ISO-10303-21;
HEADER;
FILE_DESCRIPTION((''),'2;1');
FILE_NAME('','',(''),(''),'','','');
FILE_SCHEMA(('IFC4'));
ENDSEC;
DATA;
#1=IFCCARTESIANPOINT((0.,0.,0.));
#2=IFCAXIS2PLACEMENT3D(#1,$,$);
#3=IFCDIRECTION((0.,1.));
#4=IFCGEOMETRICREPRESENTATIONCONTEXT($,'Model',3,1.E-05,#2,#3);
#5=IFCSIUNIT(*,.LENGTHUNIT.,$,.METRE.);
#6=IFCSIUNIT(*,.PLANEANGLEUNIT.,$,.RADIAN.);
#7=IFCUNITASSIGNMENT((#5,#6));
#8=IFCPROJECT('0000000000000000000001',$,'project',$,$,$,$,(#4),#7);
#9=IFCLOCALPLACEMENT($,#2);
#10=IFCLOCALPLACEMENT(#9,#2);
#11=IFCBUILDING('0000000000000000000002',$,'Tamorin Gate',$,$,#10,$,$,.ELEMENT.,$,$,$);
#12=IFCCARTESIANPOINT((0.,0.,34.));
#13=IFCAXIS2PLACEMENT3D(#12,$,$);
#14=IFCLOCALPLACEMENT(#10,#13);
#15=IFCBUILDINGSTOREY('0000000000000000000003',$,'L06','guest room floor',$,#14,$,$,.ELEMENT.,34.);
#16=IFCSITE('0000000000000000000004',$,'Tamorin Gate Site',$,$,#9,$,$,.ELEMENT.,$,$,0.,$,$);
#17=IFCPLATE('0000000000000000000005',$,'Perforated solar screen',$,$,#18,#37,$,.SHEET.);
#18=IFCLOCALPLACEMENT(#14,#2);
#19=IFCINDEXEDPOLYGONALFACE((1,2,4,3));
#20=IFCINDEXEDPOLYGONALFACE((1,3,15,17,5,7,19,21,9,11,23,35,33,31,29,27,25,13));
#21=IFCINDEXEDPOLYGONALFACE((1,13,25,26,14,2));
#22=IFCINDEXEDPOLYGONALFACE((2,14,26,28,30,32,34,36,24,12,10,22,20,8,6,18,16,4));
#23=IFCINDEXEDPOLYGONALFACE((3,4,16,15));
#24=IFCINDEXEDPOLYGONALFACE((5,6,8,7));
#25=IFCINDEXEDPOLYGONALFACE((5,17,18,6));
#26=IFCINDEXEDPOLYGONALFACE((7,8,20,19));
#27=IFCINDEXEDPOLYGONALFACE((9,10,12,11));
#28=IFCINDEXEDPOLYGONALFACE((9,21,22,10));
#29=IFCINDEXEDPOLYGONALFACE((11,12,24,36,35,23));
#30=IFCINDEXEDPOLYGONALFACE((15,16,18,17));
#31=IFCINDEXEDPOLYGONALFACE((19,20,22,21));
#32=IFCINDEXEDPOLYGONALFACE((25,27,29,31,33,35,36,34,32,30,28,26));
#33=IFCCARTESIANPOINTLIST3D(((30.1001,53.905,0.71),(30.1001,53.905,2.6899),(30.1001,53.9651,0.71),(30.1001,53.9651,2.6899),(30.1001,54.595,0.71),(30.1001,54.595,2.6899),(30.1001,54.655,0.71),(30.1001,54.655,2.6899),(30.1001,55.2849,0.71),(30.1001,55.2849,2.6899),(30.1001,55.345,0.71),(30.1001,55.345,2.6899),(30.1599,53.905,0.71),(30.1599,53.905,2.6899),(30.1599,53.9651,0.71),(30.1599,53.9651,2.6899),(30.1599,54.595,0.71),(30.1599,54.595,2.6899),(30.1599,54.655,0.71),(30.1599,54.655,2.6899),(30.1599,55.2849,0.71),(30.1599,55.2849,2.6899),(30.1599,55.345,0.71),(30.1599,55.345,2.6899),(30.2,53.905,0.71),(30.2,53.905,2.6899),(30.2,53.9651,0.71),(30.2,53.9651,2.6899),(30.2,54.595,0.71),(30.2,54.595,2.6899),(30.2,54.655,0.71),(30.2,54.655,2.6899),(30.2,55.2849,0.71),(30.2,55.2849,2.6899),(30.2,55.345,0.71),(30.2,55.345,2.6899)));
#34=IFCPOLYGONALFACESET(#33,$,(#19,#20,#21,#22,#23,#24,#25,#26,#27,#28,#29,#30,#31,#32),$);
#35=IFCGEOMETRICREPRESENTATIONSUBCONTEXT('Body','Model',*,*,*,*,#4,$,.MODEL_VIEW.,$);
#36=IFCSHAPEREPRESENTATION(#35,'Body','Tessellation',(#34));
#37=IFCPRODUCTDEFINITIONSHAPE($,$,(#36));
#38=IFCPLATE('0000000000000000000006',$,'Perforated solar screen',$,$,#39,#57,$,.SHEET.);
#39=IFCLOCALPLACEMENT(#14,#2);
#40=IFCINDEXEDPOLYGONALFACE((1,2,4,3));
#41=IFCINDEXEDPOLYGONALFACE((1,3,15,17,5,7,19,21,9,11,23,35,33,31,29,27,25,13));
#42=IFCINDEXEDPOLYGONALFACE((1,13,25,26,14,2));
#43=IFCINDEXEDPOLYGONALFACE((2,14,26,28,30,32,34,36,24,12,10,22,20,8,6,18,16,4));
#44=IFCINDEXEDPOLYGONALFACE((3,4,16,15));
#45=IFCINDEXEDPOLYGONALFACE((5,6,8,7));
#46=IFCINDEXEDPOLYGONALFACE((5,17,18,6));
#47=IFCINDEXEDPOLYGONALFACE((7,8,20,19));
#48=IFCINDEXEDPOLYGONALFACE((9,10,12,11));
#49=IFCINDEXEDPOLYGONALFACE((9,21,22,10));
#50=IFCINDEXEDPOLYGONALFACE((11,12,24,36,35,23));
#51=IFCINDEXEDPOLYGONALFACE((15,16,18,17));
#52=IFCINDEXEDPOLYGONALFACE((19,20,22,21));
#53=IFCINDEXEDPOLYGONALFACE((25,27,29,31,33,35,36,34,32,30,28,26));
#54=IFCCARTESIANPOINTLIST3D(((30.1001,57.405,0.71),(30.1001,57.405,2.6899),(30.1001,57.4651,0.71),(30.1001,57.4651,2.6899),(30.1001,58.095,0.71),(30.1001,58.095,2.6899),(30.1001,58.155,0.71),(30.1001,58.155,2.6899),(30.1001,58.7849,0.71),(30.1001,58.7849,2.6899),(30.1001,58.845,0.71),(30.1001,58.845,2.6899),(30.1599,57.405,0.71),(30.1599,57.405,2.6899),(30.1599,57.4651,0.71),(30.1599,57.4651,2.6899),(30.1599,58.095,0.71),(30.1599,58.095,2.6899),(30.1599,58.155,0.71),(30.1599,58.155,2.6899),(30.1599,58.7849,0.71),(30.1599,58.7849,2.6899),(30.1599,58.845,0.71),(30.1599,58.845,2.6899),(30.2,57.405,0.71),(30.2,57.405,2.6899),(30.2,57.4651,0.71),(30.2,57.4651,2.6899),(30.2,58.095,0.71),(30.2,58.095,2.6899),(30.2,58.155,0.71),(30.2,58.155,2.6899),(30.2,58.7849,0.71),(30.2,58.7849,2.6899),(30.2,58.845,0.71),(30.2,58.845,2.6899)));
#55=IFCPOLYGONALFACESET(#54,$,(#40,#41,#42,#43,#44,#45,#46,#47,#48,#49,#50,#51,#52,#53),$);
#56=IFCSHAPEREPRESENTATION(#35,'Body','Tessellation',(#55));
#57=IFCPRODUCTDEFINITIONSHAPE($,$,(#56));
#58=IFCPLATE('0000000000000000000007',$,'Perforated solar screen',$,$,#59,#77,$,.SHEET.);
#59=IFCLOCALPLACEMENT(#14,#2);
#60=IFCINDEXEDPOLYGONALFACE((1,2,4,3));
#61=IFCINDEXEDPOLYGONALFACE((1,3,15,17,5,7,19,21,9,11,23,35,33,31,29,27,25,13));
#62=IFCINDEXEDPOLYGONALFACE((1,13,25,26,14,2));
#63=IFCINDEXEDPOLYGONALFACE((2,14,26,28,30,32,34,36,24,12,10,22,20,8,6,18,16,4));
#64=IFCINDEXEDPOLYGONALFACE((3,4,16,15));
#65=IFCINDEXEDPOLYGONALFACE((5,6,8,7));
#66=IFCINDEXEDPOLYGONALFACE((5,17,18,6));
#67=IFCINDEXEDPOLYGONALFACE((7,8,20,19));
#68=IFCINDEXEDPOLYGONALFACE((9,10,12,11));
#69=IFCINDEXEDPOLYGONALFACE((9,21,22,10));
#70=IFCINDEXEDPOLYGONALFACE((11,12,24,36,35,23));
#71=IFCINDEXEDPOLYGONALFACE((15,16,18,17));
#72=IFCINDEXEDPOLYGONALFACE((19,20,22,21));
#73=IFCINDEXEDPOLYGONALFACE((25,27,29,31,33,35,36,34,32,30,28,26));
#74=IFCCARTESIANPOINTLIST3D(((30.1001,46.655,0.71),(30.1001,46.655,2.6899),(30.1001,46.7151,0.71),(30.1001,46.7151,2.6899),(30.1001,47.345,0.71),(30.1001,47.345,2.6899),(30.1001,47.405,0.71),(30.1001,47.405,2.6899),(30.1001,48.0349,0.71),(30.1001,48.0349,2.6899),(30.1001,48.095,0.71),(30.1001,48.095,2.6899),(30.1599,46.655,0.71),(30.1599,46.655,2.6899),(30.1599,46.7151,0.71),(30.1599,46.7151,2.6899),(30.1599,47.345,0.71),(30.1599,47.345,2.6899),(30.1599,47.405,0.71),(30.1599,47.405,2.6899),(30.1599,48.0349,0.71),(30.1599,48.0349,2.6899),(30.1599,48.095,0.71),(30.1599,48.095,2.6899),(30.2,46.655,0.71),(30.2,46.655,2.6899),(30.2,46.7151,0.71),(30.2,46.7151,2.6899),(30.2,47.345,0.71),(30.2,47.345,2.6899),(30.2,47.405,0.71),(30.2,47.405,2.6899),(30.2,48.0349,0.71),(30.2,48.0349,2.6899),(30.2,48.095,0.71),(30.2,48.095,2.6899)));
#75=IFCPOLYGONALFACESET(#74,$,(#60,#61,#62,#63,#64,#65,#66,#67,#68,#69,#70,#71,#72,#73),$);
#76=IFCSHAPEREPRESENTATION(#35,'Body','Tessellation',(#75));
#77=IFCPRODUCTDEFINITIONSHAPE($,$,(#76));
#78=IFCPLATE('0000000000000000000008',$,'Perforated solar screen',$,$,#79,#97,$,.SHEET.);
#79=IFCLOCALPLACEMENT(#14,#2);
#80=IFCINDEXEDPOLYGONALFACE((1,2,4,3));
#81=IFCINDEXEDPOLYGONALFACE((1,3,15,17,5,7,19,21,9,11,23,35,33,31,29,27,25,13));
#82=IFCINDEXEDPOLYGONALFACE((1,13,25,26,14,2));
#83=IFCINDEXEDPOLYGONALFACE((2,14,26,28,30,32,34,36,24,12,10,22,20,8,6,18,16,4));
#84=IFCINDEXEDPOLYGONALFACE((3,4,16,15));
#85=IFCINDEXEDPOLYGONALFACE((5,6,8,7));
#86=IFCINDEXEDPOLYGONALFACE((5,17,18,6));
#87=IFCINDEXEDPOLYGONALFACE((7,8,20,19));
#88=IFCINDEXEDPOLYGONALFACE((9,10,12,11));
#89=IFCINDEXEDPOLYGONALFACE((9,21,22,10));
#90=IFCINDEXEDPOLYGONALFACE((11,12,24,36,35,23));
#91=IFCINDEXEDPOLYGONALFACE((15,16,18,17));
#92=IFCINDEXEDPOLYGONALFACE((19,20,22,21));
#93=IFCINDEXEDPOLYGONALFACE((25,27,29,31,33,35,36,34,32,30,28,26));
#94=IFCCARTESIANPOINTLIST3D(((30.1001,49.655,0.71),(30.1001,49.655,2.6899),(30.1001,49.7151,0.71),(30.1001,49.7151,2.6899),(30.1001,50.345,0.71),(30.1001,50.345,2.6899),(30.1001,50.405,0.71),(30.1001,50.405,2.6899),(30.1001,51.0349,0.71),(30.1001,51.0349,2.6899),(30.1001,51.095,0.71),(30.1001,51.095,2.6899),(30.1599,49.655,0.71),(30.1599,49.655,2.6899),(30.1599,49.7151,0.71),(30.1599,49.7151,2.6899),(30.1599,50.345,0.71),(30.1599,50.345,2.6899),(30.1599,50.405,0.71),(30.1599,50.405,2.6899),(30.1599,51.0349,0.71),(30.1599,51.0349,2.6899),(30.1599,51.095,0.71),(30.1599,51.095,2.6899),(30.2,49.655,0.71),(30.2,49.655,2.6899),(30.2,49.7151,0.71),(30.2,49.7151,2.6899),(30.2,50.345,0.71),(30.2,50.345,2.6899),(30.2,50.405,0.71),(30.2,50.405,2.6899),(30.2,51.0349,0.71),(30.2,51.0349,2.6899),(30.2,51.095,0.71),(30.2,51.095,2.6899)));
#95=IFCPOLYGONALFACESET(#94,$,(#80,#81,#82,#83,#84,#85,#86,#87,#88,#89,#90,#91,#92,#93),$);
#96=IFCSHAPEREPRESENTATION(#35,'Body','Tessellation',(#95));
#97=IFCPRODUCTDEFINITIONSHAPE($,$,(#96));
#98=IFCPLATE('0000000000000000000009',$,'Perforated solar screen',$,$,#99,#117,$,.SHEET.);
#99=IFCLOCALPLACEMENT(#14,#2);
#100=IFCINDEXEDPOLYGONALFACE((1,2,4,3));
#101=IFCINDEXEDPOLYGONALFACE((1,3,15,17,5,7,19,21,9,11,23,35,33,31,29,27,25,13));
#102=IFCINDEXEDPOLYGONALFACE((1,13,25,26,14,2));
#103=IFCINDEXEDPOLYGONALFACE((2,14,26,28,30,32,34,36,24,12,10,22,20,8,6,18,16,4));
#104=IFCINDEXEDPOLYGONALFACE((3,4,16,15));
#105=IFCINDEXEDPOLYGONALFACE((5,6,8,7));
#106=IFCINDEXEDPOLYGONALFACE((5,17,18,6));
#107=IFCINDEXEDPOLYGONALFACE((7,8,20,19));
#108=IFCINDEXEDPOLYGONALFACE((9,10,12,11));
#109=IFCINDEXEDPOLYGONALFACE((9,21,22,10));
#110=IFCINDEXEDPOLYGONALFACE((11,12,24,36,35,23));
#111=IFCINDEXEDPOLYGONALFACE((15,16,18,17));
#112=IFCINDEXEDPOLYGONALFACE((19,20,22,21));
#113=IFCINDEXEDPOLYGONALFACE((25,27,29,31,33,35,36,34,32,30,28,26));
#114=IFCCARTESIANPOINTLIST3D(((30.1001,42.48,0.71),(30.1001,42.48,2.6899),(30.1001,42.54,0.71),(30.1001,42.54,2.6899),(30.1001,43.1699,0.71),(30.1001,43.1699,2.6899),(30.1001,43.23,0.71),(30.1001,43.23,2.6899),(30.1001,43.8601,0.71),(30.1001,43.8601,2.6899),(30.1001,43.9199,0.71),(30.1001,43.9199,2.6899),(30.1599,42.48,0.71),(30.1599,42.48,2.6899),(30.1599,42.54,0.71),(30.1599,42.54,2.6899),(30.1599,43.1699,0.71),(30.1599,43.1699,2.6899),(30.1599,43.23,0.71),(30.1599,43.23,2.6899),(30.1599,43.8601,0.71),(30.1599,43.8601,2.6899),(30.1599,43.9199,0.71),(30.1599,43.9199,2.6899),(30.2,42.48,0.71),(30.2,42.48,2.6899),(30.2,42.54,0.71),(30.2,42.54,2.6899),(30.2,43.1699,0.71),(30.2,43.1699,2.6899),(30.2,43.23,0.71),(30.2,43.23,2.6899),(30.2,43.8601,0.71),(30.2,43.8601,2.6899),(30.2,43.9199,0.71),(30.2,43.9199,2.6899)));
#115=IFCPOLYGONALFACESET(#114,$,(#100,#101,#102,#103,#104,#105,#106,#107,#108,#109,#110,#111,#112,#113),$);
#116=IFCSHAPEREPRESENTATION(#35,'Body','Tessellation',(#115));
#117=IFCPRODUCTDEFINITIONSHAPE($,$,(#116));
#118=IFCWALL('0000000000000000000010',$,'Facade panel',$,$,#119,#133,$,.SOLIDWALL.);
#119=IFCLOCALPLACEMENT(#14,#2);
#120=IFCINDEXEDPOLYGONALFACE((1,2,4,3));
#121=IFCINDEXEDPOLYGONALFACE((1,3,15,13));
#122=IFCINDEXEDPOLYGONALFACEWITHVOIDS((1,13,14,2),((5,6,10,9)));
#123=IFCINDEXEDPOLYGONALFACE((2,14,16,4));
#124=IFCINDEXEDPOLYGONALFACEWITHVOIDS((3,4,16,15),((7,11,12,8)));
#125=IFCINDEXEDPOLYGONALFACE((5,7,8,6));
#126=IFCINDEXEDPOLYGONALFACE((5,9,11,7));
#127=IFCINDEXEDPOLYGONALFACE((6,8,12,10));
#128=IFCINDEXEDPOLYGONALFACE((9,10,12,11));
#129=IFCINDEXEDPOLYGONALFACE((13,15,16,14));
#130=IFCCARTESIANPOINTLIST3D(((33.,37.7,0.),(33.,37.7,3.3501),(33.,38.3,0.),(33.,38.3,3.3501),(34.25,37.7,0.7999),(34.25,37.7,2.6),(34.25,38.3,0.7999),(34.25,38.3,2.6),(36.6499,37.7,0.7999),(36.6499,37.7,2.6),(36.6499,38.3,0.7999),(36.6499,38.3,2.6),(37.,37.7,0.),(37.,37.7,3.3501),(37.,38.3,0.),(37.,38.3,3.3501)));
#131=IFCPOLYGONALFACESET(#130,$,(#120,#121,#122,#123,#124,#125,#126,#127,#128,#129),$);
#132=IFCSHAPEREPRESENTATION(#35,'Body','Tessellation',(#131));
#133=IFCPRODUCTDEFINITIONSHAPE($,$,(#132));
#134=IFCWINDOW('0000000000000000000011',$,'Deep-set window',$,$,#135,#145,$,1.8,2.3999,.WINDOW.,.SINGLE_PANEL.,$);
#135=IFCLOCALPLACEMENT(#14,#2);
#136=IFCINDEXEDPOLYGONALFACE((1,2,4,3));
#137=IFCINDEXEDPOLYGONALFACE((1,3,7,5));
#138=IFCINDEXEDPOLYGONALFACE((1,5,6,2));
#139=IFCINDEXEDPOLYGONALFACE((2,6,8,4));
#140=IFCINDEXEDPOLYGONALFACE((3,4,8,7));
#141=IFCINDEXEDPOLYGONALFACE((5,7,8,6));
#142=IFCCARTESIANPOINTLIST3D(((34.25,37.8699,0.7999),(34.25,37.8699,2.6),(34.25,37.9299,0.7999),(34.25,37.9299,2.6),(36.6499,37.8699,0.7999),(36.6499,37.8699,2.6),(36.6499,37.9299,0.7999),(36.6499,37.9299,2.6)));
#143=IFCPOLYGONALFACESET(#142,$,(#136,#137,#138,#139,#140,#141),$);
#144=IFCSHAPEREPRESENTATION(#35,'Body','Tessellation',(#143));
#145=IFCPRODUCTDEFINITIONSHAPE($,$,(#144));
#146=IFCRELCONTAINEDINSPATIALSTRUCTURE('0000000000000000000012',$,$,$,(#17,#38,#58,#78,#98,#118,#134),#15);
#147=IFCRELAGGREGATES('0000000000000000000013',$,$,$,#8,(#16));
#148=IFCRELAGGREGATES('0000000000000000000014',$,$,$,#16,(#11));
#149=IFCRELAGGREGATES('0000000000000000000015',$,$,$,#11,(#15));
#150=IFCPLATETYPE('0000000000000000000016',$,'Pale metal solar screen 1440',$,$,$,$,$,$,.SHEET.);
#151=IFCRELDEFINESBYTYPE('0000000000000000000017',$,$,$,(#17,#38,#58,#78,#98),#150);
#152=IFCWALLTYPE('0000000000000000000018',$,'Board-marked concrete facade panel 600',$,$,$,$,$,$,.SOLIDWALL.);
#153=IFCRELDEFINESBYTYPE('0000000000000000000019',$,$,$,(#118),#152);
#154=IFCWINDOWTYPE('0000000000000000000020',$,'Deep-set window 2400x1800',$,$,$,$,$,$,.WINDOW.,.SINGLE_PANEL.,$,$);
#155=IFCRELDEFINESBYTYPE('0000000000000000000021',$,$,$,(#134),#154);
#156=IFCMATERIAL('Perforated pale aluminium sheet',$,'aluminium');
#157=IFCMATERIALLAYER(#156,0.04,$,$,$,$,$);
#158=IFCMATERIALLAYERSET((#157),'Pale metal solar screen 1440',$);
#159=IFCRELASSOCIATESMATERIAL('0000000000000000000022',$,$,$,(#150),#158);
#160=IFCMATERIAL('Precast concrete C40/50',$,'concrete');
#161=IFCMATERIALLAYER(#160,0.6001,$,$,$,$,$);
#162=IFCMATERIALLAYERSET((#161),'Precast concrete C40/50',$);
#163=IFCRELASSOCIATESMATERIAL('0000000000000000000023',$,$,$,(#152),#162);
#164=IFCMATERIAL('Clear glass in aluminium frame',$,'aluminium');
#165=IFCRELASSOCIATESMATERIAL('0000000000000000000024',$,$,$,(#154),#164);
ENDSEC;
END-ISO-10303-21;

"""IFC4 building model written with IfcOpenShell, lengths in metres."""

from ifc_helpers import new_model, si_unit, direction, frame, frame_2d, origin, place, context, subcontext, project, spatial, polyline, rectangle, outline, extrude, material, layer, layer_set, type_object, element, fill, save


model = new_model("IFC4")

# Units and contexts
model_context = context("Model", 3, precision=1e-05, world=origin(), true_north=direction((0.0, 1.0)))
body_context = subcontext(model_context, "Body", "Model", "MODEL_VIEW")
ifc_project = project(units=[si_unit("LENGTHUNIT", "METRE"), si_unit("PLANEANGLEUNIT", "RADIAN")], contexts=[model_context])

# Site, building, storey
site_placement = place(None, origin())
site = spatial("IfcSite", under=ifc_project, at=site_placement, Name="Tamorin Gate Site", CompositionType="ELEMENT", RefElevation=0.0)
building_placement = place(site_placement, origin())
building = spatial("IfcBuilding", under=site, at=building_placement, Name="Tamorin Gate", CompositionType="ELEMENT")
storey_placement = place(building_placement, frame((0.0, 0.0, 34.0)))
storey = spatial("IfcBuildingStorey", under=building, at=storey_placement, Name="L06", Description="guest room floor", CompositionType="ELEMENT", Elevation=34.0)

# Plates
ifc_material_1 = material(Name="Perforated pale aluminium sheet", Category="aluminium")
ifc_layer_1 = layer(ifc_material_1, 0.04)
ifc_layer_set_1 = layer_set([ifc_layer_1], Name="Pale metal solar screen 1440")
plate_type = type_object("IfcPlateType", Name="Pale metal solar screen 1440", PredefinedType="SHEET", material=ifc_layer_set_1)
plate_1_placement = place(storey_placement, frame((0.0, 0.0, 0.71)))
element("IfcPlate", 1, at=plate_1_placement, inside=storey, type_object=plate_type, Name="Perforated solar screen", PredefinedType="SHEET", context=body_context, shape_type="SweptSolid", body=[
    extrude(outline(polyline([(30.1599, 55.345), (30.2, 55.345), (30.2, 55.2849), (30.2, 54.655), (30.2, 54.595), (30.2, 53.9651), (30.2, 53.905), (30.1599, 53.905), (30.1001, 53.905), (30.1001, 53.9651), (30.1599, 53.9651), (30.1599, 54.595), (30.1001, 54.595), (30.1001, 54.655), (30.1599, 54.655), (30.1599, 55.2849), (30.1001, 55.2849), (30.1001, 55.345), (30.1599, 55.345)])), origin(), (0.0, 0.0, 1.0), 1.98),
])
plate_2_placement = place(storey_placement, frame((0.0, 0.0, 0.71)))
element("IfcPlate", 2, at=plate_2_placement, inside=storey, type_object=plate_type, Name="Perforated solar screen", PredefinedType="SHEET", context=body_context, shape_type="SweptSolid", body=[
    extrude(outline(polyline([(30.1599, 58.845), (30.2, 58.845), (30.2, 58.7849), (30.2, 58.155), (30.2, 58.095), (30.2, 57.4651), (30.2, 57.405), (30.1599, 57.405), (30.1001, 57.405), (30.1001, 57.4651), (30.1599, 57.4651), (30.1599, 58.095), (30.1001, 58.095), (30.1001, 58.155), (30.1599, 58.155), (30.1599, 58.7849), (30.1001, 58.7849), (30.1001, 58.845), (30.1599, 58.845)])), origin(), (0.0, 0.0, 1.0), 1.98),
])
plate_3_placement = place(storey_placement, frame((0.0, 0.0, 0.71)))
element("IfcPlate", 3, at=plate_3_placement, inside=storey, type_object=plate_type, Name="Perforated solar screen", PredefinedType="SHEET", context=body_context, shape_type="SweptSolid", body=[
    extrude(outline(polyline([(30.1599, 48.095), (30.2, 48.095), (30.2, 48.0349), (30.2, 47.405), (30.2, 47.345), (30.2, 46.7151), (30.2, 46.655), (30.1599, 46.655), (30.1001, 46.655), (30.1001, 46.7151), (30.1599, 46.7151), (30.1599, 47.345), (30.1001, 47.345), (30.1001, 47.405), (30.1599, 47.405), (30.1599, 48.0349), (30.1001, 48.0349), (30.1001, 48.095), (30.1599, 48.095)])), origin(), (0.0, 0.0, 1.0), 1.98),
])
plate_4_placement = place(storey_placement, frame((0.0, 0.0, 0.71)))
element("IfcPlate", 4, at=plate_4_placement, inside=storey, type_object=plate_type, Name="Perforated solar screen", PredefinedType="SHEET", context=body_context, shape_type="SweptSolid", body=[
    extrude(outline(polyline([(30.1599, 51.095), (30.2, 51.095), (30.2, 51.0349), (30.2, 50.405), (30.2, 50.345), (30.2, 49.7151), (30.2, 49.655), (30.1599, 49.655), (30.1001, 49.655), (30.1001, 49.7151), (30.1599, 49.7151), (30.1599, 50.345), (30.1001, 50.345), (30.1001, 50.405), (30.1599, 50.405), (30.1599, 51.0349), (30.1001, 51.0349), (30.1001, 51.095), (30.1599, 51.095)])), origin(), (0.0, 0.0, 1.0), 1.98),
])
plate_5_placement = place(storey_placement, frame((0.0, 0.0, 0.71)))
element("IfcPlate", 5, at=plate_5_placement, inside=storey, type_object=plate_type, Name="Perforated solar screen", PredefinedType="SHEET", context=body_context, shape_type="SweptSolid", body=[
    extrude(outline(polyline([(30.1599, 43.9199), (30.2, 43.9199), (30.2, 43.8601), (30.2, 43.23), (30.2, 43.1699), (30.2, 42.54), (30.2, 42.48), (30.1599, 42.48), (30.1001, 42.48), (30.1001, 42.54), (30.1599, 42.54), (30.1599, 43.1699), (30.1001, 43.1699), (30.1001, 43.23), (30.1599, 43.23), (30.1599, 43.8601), (30.1001, 43.8601), (30.1001, 43.9199), (30.1599, 43.9199)])), origin(), (0.0, 0.0, 1.0), 1.98),
])

# Wall, opening, window
ifc_material_2 = material(Name="Precast concrete C40/50", Category="concrete")
ifc_layer_2 = layer(ifc_material_2, 0.6001)
ifc_layer_set_2 = layer_set([ifc_layer_2], Name="Precast concrete C40/50")
wall_type_1 = type_object("IfcWallType", Name="Board-marked concrete facade panel 600", PredefinedType="SOLIDWALL", material=ifc_layer_set_2)
wall_1_placement = place(storey_placement, frame((33.0, 38.0, 0.0), z_axis=(0.0, 0.0, 1.0), x_axis=(1.0, 0.0, 0.0)))
wall_1 = element("IfcWall", 6, at=wall_1_placement, inside=storey, type_object=wall_type_1, Name="Facade panel", PredefinedType="SOLIDWALL", context=body_context, shape_type="SweptSolid", body=[
    extrude(rectangle(XDim=4.0, YDim=0.6001, at=frame_2d((2.0, 0.0))), origin(), (0.0, 0.0, 1.0), 3.3501),
])
opening_1_placement = place(wall_1_placement, frame((1.25, 0.0, 0.8)))
opening_1 = element("IfcOpeningElement", 7, at=opening_1_placement, cuts=wall_1, PredefinedType="OPENING", context=body_context, shape_type="SweptSolid", body=[
    extrude(rectangle(XDim=2.3999, YDim=1.8, at=frame_2d((1.2, 0.8999))), frame((0.0, 0.3101, 0.0), z_axis=(0.0, -1.0, 0.0), x_axis=(1.0, 0.0, 0.0)), (0.0, 0.0, 1.0), 0.6201),
])
ifc_material_3 = material(Name="Clear glass in aluminium frame", Category="aluminium")
window_type = type_object("IfcWindowType", Name="Deep-set window 2400x1800", PartitioningType="SINGLE_PANEL", PredefinedType="WINDOW", material=ifc_material_3)
window_1_placement = place(opening_1_placement, origin())
window_1 = element("IfcWindow", 8, at=window_1_placement, inside=storey, type_object=window_type, Name="Deep-set window", OverallHeight=1.8, OverallWidth=2.3999, PartitioningType="SINGLE_PANEL", PredefinedType="WINDOW", context=body_context, shape_type="SweptSolid", body=[
    extrude(rectangle(XDim=2.3999, YDim=1.8, at=frame_2d((1.2, 0.8999))), frame((0.0, -0.0701, 0.0), z_axis=(0.0, -1.0, 0.0), x_axis=(1.0, 0.0, 0.0)), (0.0, 0.0, 1.0), 0.0601),
])
fill(opening_1, window_1)

save(model, "model.ifc")
